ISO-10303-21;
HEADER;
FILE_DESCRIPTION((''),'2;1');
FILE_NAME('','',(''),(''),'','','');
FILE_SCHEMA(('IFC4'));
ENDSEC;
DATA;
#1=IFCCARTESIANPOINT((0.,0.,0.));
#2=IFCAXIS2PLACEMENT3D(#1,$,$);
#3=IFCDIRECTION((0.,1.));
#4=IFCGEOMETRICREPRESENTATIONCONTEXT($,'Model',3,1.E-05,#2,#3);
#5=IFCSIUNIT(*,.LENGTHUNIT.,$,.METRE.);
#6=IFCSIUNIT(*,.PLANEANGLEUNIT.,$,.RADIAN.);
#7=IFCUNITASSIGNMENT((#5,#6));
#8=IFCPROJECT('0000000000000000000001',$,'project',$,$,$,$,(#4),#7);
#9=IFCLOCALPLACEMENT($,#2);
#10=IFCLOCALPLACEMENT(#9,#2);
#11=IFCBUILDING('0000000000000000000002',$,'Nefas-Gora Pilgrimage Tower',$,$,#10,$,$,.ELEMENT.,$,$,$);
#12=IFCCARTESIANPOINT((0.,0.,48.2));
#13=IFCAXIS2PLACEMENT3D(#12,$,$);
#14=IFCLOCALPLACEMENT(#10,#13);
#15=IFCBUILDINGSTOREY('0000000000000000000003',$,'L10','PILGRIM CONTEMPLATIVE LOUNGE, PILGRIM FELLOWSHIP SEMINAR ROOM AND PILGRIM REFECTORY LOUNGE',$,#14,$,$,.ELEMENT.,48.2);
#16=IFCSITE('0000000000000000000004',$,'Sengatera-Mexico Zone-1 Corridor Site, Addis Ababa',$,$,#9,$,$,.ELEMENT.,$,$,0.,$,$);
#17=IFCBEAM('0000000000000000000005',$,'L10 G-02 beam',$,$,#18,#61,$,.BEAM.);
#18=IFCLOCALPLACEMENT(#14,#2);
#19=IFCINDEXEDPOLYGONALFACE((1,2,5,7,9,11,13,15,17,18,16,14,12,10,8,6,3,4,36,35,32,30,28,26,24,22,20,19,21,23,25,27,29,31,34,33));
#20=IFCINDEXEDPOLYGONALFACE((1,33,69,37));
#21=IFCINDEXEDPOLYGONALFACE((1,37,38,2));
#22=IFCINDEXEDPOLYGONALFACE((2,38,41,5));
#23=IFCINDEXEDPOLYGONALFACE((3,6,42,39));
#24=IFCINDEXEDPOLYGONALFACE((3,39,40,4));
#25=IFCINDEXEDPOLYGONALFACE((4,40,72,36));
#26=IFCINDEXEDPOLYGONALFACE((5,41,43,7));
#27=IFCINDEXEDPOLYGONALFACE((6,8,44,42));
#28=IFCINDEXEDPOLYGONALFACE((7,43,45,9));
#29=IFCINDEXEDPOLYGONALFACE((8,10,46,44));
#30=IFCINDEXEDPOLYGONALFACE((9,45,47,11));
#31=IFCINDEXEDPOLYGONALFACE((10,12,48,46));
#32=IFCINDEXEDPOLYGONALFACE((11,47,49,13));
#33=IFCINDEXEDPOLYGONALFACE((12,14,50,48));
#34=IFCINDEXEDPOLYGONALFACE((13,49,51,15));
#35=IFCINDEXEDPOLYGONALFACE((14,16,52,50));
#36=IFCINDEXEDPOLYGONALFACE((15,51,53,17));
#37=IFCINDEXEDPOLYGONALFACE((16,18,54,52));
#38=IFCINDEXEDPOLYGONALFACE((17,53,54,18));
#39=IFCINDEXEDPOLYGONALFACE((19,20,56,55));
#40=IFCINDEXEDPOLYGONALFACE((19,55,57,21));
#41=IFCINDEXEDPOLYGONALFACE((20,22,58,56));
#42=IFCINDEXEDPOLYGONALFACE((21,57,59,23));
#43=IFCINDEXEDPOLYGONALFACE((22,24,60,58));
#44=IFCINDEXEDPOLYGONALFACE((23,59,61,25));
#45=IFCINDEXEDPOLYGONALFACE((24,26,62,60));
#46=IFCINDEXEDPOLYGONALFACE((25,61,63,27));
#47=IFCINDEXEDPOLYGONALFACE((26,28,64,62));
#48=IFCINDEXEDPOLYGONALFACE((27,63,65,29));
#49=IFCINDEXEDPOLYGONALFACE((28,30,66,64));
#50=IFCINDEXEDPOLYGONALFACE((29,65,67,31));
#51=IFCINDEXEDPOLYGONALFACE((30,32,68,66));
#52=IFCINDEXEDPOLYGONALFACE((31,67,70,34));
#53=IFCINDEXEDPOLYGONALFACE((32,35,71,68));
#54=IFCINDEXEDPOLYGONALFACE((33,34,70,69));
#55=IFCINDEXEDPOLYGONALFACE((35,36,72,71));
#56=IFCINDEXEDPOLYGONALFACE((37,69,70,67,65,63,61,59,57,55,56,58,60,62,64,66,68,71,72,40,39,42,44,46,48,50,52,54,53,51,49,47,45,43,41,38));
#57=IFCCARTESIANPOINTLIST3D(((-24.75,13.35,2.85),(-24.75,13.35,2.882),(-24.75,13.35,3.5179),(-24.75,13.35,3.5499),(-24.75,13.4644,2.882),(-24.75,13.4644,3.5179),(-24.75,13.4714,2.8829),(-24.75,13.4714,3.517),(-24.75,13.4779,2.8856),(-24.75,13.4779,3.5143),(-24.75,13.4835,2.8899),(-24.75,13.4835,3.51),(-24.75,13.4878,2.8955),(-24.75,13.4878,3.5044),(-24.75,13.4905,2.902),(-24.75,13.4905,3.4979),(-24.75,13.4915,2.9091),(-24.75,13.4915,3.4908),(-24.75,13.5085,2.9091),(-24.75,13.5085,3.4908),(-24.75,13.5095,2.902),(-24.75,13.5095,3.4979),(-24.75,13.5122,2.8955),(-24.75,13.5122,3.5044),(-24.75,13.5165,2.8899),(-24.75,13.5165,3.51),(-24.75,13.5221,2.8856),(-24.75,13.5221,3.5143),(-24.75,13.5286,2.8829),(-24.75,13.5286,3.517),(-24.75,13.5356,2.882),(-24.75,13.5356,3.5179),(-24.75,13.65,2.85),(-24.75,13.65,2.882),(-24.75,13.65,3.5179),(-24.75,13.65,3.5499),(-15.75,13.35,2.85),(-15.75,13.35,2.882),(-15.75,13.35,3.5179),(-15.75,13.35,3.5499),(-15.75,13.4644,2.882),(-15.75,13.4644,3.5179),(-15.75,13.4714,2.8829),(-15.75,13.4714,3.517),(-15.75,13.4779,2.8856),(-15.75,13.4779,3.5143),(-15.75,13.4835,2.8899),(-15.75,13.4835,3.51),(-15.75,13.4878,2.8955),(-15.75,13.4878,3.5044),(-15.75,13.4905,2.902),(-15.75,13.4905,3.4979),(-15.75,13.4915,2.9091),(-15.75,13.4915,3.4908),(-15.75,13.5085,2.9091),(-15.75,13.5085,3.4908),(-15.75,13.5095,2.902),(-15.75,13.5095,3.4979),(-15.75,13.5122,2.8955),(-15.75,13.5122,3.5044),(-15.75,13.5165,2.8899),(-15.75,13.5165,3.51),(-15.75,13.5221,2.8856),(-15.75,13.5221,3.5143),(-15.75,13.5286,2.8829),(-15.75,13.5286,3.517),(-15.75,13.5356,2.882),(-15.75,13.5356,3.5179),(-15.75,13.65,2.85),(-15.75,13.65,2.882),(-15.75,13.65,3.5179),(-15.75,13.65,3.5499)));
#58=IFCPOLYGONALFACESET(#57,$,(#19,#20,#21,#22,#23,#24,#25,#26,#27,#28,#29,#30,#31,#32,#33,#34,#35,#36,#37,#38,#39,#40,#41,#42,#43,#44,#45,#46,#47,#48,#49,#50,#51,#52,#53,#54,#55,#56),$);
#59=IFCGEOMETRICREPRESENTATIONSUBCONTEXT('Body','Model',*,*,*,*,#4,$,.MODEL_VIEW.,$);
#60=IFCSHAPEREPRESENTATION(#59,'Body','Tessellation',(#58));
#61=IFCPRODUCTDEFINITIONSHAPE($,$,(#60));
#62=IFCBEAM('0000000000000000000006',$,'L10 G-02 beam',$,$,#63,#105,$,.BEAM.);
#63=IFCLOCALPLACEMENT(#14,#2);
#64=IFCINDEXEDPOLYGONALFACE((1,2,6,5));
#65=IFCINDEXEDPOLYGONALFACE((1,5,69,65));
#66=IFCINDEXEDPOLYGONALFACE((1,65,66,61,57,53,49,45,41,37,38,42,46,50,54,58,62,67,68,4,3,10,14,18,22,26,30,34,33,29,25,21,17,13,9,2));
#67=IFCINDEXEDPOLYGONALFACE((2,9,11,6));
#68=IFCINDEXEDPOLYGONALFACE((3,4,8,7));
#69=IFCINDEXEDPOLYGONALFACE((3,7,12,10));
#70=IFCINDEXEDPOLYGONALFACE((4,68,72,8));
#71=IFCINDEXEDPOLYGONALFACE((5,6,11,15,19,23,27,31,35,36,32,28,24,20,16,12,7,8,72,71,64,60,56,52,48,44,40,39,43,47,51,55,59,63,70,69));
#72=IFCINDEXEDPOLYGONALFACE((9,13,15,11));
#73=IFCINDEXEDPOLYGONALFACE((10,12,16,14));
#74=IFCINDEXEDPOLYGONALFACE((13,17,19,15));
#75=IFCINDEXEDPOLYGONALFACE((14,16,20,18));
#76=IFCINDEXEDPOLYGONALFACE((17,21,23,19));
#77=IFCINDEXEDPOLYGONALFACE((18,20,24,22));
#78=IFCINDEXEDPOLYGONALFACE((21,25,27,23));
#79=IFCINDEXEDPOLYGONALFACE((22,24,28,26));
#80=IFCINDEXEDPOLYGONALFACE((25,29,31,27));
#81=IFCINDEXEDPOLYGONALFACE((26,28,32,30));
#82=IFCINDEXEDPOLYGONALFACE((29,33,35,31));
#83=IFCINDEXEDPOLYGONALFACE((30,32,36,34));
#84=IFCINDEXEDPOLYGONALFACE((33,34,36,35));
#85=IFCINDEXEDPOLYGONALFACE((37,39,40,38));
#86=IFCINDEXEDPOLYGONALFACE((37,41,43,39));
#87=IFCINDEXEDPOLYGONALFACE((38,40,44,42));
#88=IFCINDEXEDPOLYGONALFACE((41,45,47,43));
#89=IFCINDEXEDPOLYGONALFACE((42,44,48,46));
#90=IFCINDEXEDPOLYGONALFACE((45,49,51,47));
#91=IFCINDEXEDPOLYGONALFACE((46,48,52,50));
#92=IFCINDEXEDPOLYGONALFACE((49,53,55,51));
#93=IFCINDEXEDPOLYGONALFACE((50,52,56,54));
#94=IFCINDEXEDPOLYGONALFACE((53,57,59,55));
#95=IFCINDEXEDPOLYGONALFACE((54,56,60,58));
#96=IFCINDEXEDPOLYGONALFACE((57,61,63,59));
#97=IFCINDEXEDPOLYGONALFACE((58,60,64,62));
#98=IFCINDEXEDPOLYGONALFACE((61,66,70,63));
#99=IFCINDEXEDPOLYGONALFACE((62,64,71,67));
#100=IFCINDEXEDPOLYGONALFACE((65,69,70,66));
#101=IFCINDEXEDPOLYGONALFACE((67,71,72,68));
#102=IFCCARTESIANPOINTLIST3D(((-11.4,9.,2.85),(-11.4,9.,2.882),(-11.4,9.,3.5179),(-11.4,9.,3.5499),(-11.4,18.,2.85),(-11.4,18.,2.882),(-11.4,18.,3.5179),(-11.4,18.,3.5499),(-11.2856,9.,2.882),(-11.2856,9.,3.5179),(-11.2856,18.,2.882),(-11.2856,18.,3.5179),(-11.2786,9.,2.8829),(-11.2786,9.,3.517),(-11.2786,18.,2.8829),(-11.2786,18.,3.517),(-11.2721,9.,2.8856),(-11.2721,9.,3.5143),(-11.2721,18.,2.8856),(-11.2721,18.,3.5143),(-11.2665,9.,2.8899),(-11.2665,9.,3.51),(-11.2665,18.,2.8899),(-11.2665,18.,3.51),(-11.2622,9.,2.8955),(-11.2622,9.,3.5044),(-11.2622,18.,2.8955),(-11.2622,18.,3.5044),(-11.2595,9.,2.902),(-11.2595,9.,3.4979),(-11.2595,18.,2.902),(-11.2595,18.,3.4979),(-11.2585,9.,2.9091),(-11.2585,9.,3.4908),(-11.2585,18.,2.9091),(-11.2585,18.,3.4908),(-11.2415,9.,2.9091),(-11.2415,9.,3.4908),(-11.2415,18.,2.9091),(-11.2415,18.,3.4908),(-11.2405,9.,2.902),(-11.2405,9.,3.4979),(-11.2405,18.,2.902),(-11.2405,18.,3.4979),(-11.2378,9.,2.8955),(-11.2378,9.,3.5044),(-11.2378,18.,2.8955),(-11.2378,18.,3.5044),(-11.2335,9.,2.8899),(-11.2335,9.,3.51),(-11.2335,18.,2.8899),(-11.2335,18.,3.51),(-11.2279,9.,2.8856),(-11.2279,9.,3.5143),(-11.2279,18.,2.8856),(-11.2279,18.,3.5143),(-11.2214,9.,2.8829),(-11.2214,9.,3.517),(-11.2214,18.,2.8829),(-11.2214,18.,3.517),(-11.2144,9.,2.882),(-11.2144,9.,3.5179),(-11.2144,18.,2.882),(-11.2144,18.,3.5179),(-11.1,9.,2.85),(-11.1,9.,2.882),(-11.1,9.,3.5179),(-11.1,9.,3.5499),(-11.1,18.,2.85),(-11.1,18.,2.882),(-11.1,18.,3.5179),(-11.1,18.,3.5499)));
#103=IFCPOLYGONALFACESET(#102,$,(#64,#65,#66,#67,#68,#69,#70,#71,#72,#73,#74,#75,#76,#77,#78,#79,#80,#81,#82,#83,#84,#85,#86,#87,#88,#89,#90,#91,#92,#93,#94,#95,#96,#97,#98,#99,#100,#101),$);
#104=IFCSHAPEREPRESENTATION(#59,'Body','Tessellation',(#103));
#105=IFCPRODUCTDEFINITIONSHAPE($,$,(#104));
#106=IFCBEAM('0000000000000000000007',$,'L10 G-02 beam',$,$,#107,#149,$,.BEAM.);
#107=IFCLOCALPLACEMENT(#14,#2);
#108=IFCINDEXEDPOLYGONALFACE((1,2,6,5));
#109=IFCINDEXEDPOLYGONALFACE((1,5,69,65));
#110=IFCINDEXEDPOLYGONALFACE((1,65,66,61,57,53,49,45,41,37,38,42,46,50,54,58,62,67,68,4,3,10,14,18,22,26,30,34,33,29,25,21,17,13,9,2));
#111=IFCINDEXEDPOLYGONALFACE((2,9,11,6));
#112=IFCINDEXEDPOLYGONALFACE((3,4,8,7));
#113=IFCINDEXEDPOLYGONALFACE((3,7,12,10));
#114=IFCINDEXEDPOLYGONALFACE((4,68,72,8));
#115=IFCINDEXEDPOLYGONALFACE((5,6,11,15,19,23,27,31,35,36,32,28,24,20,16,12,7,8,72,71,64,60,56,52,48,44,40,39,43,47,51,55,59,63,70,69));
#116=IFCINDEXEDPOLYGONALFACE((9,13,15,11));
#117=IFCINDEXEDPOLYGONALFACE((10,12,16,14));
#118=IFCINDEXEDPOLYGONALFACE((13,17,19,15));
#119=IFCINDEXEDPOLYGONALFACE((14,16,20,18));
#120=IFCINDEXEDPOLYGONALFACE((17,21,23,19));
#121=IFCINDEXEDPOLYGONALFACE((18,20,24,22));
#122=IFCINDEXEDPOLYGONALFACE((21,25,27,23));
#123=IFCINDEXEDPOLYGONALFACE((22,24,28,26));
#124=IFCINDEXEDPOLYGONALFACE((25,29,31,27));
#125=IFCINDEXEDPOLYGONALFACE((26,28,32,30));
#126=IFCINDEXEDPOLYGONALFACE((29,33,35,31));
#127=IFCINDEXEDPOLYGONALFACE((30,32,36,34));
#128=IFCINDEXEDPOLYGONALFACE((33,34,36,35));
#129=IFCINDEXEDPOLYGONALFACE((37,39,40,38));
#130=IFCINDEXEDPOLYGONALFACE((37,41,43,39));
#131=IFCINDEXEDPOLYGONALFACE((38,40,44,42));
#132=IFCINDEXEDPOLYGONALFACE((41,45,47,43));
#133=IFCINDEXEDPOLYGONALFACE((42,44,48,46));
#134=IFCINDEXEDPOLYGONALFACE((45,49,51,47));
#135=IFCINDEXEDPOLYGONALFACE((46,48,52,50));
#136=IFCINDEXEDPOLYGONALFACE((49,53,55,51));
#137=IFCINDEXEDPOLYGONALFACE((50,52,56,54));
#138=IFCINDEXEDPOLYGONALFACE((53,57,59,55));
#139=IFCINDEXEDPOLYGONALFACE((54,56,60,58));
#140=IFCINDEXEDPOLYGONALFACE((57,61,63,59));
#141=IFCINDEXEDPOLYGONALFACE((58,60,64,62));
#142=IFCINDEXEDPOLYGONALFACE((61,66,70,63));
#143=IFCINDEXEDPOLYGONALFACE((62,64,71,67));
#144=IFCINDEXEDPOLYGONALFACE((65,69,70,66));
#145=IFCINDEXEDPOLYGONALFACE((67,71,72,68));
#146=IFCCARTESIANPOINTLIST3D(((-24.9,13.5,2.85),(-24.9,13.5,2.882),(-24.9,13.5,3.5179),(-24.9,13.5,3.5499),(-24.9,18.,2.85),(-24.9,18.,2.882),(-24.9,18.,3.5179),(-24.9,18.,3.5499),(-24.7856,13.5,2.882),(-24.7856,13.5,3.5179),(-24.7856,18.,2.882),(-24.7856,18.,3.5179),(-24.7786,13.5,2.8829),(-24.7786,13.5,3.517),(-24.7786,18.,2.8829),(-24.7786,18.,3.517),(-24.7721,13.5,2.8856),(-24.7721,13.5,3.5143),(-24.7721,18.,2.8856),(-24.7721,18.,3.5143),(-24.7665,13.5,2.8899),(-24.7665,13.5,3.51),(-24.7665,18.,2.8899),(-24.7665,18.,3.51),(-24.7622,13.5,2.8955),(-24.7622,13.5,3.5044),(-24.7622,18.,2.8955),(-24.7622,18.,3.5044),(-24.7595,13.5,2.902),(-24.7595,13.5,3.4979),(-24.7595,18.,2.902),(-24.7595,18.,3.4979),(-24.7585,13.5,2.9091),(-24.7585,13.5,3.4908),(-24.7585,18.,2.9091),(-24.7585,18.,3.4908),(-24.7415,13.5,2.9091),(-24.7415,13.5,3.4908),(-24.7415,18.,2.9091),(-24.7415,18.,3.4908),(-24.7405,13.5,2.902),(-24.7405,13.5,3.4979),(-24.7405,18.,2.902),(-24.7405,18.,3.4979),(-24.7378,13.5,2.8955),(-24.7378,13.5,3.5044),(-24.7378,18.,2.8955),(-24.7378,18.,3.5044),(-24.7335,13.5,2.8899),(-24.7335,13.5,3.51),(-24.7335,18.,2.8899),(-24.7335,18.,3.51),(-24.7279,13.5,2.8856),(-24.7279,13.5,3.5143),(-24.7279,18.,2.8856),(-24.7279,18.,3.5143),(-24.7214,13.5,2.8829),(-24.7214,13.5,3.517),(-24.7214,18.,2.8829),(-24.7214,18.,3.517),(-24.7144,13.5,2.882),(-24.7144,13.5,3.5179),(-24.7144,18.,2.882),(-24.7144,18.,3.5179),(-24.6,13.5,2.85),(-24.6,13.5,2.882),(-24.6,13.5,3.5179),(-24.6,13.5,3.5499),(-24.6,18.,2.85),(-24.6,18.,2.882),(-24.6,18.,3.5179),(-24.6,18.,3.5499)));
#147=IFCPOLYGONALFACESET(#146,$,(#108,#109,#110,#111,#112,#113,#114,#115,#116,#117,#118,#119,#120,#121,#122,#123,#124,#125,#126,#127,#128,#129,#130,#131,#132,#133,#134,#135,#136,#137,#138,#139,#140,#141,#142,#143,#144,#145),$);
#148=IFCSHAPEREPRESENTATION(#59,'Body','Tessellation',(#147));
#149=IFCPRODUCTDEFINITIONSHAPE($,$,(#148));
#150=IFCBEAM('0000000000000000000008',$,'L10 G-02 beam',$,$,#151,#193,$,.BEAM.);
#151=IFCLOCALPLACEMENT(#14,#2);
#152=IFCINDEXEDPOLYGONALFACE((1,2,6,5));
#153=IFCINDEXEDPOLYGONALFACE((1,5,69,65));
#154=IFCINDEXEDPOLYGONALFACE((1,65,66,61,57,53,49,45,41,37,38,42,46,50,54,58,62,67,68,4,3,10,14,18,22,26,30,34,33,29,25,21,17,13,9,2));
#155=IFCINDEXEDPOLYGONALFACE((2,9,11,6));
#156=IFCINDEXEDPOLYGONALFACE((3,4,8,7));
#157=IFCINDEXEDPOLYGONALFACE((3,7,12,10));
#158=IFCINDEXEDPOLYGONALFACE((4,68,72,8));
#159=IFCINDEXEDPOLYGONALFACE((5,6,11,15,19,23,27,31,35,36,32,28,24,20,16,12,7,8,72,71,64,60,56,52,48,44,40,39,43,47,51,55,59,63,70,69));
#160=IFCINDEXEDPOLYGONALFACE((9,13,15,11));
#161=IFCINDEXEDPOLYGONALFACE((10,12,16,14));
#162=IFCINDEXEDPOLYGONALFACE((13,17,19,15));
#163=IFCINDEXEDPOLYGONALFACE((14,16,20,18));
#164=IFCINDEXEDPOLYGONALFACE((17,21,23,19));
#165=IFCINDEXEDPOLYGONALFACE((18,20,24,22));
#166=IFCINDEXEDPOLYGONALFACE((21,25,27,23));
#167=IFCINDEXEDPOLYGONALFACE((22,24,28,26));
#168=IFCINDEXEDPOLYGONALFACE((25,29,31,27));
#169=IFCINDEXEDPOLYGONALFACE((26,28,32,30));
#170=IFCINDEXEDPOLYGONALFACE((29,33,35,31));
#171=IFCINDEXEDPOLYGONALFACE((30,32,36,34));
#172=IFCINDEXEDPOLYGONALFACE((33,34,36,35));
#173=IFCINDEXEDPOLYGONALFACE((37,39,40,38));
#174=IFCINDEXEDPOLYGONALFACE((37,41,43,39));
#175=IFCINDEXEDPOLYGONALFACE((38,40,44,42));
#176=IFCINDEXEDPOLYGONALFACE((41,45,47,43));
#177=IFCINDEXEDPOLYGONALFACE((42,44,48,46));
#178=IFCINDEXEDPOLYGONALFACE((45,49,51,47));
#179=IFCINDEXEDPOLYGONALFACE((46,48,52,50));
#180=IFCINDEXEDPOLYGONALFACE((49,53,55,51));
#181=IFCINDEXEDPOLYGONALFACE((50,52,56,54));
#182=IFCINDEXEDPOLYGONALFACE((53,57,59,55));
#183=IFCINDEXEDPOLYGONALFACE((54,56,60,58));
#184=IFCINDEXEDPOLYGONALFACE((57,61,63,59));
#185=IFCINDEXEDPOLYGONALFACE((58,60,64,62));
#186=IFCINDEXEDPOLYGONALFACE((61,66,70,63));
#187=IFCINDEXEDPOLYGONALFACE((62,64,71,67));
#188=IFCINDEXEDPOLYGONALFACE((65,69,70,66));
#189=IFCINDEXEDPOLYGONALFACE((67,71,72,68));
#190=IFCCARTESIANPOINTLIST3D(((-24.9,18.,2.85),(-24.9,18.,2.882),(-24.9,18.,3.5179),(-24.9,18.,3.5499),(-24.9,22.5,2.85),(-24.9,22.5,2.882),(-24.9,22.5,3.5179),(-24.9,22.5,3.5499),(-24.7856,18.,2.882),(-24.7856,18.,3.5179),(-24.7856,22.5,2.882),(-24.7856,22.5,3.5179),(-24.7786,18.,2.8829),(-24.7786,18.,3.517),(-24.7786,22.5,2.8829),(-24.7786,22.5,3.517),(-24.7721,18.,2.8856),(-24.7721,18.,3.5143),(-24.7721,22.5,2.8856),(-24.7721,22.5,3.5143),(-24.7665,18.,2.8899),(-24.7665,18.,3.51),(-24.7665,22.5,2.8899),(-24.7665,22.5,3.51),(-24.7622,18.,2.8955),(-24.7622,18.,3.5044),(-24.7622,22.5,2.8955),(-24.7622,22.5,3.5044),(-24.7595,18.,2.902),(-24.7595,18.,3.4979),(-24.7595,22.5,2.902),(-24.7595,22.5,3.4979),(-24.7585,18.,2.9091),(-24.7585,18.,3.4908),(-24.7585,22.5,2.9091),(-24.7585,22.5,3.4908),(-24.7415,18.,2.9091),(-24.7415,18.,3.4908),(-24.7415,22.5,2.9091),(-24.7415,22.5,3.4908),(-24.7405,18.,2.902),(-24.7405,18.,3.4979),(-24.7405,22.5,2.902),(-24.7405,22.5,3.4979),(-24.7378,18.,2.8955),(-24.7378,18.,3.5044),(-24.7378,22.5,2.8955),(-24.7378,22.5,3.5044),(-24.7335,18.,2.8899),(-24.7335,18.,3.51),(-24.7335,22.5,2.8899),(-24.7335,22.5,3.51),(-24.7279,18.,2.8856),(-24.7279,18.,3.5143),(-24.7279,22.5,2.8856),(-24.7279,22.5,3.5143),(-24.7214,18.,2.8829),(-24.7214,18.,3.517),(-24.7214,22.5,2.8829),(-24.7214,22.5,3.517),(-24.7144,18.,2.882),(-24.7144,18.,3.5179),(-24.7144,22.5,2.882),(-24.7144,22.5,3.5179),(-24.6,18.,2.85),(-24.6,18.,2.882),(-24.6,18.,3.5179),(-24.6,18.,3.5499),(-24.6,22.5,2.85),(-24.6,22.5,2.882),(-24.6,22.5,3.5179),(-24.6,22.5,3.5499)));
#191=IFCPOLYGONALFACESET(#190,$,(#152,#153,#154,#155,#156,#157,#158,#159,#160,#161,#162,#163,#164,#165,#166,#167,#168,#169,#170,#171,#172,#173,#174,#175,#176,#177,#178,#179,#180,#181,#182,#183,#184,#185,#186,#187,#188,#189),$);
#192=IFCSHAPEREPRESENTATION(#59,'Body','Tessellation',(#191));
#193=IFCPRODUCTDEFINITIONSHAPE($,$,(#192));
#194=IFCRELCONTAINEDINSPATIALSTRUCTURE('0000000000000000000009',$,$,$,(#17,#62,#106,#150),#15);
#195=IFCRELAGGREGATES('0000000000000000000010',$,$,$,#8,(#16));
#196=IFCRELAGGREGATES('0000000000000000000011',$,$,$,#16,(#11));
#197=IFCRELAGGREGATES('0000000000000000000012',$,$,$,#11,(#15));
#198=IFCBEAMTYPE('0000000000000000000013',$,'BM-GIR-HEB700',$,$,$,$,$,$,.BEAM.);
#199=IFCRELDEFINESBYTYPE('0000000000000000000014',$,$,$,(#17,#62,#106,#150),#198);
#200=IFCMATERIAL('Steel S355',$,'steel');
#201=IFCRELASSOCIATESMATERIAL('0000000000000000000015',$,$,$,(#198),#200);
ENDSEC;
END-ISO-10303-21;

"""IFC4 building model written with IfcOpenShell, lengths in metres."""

from ifc_helpers import new_model, si_unit, direction, frame, origin, origin_2d, place, context, subcontext, project, spatial, i_section, extrude, source, transform, mapped, material, material_profile, profile_set, type_object, element, save


model = new_model("IFC4")

# Units and contexts
model_context = context("Model", 3, precision=1e-05, world=origin(), true_north=direction((0.0, 1.0)))
body_context = subcontext(model_context, "Body", "Model", "MODEL_VIEW")
ifc_project = project(units=[si_unit("LENGTHUNIT", "METRE"), si_unit("PLANEANGLEUNIT", "RADIAN")], contexts=[model_context])

# Site, building, storey
site_placement = place(None, origin())
site = spatial("IfcSite", under=ifc_project, at=site_placement, Name="Sengatera-Mexico Zone-1 Corridor Site, Addis Ababa", CompositionType="ELEMENT", RefElevation=0.0)
building_placement = place(site_placement, origin())
building = spatial("IfcBuilding", under=site, at=building_placement, Name="Nefas-Gora Pilgrimage Tower", CompositionType="ELEMENT")
storey_placement = place(building_placement, frame((0.0, 0.0, 48.2)))
storey = spatial("IfcBuildingStorey", under=building, at=storey_placement, Name="L10", Description="PILGRIM CONTEMPLATIVE LOUNGE, PILGRIM FELLOWSHIP SEMINAR ROOM AND PILGRIM REFECTORY LOUNGE", CompositionType="ELEMENT", Elevation=48.2)

# Beams
ifc_material_1 = material(Name="Steel S355", Category="steel")
ifc_material_profile_1 = material_profile(ifc_material_1, i_section(OverallWidth=0.3, OverallDepth=0.7, WebThickness=0.0171, FlangeThickness=0.032, FilletRadius=0.0271, at=origin_2d()), Name="HEB 700")
ifc_profile_set_1 = profile_set([ifc_material_profile_1], Name="Steel S355")
beam_type_1 = type_object("IfcBeamType", Name="BM-GIR-HEB700", PredefinedType="BEAM", material=ifc_profile_set_1)
shared_shape_1 = source(origin(), body_context, "Body", "SweptSolid", [
    extrude(i_section(OverallWidth=0.3, OverallDepth=0.7, WebThickness=0.0171, FlangeThickness=0.032, FilletRadius=0.0271, at=origin_2d()), origin(), (0.0, 0.0, 1.0), 9.0),
])
for number, where, z_axis, x_axis, name in (
    (1, (-24.75, 13.5, 3.2), (1.0, 0.0, 0.0), (0.0, 1.0, 0.0), "L10 G-02 beam"),
    (2, (-11.25, 9.0, 3.2), (0.0, 1.0, 0.0), (-1.0, 0.0, 0.0), "L10 G-02 beam"),
):
    element("IfcBeam", number, at=place(storey_placement, frame(where, z_axis=z_axis, x_axis=x_axis)), inside=storey, type_object=beam_type_1, Name=name, PredefinedType="BEAM", context=body_context, shape_type="MappedRepresentation", body=[
        mapped(shared_shape_1, transform((0.0, 0.0, 0.0), x_axis=(1.0, 0.0, 0.0), y_axis=(0.0, 1.0, 0.0), z_axis=(0.0, 0.0, 1.0), scale=1.0)),
    ])
shared_shape_2 = source(origin(), body_context, "Body", "SweptSolid", [
    extrude(i_section(OverallWidth=0.3, OverallDepth=0.7, WebThickness=0.0171, FlangeThickness=0.032, FilletRadius=0.0271, at=origin_2d()), origin(), (0.0, 0.0, 1.0), 4.5),
])
for number, where, z_axis, x_axis, name in (
    (3, (-24.75, 13.5, 3.2), (0.0, 1.0, 0.0), (-1.0, 0.0, 0.0), "L10 G-02 beam"),
    (4, (-24.75, 18.0, 3.2), (0.0, 1.0, 0.0), (-1.0, 0.0, 0.0), "L10 G-02 beam"),
):
    element("IfcBeam", number, at=place(storey_placement, frame(where, z_axis=z_axis, x_axis=x_axis)), inside=storey, type_object=beam_type_1, Name=name, PredefinedType="BEAM", context=body_context, shape_type="MappedRepresentation", body=[
        mapped(shared_shape_2, transform((0.0, 0.0, 0.0), x_axis=(1.0, 0.0, 0.0), y_axis=(0.0, 1.0, 0.0), z_axis=(0.0, 0.0, 1.0), scale=1.0)),
    ])

save(model, "model.ifc")
